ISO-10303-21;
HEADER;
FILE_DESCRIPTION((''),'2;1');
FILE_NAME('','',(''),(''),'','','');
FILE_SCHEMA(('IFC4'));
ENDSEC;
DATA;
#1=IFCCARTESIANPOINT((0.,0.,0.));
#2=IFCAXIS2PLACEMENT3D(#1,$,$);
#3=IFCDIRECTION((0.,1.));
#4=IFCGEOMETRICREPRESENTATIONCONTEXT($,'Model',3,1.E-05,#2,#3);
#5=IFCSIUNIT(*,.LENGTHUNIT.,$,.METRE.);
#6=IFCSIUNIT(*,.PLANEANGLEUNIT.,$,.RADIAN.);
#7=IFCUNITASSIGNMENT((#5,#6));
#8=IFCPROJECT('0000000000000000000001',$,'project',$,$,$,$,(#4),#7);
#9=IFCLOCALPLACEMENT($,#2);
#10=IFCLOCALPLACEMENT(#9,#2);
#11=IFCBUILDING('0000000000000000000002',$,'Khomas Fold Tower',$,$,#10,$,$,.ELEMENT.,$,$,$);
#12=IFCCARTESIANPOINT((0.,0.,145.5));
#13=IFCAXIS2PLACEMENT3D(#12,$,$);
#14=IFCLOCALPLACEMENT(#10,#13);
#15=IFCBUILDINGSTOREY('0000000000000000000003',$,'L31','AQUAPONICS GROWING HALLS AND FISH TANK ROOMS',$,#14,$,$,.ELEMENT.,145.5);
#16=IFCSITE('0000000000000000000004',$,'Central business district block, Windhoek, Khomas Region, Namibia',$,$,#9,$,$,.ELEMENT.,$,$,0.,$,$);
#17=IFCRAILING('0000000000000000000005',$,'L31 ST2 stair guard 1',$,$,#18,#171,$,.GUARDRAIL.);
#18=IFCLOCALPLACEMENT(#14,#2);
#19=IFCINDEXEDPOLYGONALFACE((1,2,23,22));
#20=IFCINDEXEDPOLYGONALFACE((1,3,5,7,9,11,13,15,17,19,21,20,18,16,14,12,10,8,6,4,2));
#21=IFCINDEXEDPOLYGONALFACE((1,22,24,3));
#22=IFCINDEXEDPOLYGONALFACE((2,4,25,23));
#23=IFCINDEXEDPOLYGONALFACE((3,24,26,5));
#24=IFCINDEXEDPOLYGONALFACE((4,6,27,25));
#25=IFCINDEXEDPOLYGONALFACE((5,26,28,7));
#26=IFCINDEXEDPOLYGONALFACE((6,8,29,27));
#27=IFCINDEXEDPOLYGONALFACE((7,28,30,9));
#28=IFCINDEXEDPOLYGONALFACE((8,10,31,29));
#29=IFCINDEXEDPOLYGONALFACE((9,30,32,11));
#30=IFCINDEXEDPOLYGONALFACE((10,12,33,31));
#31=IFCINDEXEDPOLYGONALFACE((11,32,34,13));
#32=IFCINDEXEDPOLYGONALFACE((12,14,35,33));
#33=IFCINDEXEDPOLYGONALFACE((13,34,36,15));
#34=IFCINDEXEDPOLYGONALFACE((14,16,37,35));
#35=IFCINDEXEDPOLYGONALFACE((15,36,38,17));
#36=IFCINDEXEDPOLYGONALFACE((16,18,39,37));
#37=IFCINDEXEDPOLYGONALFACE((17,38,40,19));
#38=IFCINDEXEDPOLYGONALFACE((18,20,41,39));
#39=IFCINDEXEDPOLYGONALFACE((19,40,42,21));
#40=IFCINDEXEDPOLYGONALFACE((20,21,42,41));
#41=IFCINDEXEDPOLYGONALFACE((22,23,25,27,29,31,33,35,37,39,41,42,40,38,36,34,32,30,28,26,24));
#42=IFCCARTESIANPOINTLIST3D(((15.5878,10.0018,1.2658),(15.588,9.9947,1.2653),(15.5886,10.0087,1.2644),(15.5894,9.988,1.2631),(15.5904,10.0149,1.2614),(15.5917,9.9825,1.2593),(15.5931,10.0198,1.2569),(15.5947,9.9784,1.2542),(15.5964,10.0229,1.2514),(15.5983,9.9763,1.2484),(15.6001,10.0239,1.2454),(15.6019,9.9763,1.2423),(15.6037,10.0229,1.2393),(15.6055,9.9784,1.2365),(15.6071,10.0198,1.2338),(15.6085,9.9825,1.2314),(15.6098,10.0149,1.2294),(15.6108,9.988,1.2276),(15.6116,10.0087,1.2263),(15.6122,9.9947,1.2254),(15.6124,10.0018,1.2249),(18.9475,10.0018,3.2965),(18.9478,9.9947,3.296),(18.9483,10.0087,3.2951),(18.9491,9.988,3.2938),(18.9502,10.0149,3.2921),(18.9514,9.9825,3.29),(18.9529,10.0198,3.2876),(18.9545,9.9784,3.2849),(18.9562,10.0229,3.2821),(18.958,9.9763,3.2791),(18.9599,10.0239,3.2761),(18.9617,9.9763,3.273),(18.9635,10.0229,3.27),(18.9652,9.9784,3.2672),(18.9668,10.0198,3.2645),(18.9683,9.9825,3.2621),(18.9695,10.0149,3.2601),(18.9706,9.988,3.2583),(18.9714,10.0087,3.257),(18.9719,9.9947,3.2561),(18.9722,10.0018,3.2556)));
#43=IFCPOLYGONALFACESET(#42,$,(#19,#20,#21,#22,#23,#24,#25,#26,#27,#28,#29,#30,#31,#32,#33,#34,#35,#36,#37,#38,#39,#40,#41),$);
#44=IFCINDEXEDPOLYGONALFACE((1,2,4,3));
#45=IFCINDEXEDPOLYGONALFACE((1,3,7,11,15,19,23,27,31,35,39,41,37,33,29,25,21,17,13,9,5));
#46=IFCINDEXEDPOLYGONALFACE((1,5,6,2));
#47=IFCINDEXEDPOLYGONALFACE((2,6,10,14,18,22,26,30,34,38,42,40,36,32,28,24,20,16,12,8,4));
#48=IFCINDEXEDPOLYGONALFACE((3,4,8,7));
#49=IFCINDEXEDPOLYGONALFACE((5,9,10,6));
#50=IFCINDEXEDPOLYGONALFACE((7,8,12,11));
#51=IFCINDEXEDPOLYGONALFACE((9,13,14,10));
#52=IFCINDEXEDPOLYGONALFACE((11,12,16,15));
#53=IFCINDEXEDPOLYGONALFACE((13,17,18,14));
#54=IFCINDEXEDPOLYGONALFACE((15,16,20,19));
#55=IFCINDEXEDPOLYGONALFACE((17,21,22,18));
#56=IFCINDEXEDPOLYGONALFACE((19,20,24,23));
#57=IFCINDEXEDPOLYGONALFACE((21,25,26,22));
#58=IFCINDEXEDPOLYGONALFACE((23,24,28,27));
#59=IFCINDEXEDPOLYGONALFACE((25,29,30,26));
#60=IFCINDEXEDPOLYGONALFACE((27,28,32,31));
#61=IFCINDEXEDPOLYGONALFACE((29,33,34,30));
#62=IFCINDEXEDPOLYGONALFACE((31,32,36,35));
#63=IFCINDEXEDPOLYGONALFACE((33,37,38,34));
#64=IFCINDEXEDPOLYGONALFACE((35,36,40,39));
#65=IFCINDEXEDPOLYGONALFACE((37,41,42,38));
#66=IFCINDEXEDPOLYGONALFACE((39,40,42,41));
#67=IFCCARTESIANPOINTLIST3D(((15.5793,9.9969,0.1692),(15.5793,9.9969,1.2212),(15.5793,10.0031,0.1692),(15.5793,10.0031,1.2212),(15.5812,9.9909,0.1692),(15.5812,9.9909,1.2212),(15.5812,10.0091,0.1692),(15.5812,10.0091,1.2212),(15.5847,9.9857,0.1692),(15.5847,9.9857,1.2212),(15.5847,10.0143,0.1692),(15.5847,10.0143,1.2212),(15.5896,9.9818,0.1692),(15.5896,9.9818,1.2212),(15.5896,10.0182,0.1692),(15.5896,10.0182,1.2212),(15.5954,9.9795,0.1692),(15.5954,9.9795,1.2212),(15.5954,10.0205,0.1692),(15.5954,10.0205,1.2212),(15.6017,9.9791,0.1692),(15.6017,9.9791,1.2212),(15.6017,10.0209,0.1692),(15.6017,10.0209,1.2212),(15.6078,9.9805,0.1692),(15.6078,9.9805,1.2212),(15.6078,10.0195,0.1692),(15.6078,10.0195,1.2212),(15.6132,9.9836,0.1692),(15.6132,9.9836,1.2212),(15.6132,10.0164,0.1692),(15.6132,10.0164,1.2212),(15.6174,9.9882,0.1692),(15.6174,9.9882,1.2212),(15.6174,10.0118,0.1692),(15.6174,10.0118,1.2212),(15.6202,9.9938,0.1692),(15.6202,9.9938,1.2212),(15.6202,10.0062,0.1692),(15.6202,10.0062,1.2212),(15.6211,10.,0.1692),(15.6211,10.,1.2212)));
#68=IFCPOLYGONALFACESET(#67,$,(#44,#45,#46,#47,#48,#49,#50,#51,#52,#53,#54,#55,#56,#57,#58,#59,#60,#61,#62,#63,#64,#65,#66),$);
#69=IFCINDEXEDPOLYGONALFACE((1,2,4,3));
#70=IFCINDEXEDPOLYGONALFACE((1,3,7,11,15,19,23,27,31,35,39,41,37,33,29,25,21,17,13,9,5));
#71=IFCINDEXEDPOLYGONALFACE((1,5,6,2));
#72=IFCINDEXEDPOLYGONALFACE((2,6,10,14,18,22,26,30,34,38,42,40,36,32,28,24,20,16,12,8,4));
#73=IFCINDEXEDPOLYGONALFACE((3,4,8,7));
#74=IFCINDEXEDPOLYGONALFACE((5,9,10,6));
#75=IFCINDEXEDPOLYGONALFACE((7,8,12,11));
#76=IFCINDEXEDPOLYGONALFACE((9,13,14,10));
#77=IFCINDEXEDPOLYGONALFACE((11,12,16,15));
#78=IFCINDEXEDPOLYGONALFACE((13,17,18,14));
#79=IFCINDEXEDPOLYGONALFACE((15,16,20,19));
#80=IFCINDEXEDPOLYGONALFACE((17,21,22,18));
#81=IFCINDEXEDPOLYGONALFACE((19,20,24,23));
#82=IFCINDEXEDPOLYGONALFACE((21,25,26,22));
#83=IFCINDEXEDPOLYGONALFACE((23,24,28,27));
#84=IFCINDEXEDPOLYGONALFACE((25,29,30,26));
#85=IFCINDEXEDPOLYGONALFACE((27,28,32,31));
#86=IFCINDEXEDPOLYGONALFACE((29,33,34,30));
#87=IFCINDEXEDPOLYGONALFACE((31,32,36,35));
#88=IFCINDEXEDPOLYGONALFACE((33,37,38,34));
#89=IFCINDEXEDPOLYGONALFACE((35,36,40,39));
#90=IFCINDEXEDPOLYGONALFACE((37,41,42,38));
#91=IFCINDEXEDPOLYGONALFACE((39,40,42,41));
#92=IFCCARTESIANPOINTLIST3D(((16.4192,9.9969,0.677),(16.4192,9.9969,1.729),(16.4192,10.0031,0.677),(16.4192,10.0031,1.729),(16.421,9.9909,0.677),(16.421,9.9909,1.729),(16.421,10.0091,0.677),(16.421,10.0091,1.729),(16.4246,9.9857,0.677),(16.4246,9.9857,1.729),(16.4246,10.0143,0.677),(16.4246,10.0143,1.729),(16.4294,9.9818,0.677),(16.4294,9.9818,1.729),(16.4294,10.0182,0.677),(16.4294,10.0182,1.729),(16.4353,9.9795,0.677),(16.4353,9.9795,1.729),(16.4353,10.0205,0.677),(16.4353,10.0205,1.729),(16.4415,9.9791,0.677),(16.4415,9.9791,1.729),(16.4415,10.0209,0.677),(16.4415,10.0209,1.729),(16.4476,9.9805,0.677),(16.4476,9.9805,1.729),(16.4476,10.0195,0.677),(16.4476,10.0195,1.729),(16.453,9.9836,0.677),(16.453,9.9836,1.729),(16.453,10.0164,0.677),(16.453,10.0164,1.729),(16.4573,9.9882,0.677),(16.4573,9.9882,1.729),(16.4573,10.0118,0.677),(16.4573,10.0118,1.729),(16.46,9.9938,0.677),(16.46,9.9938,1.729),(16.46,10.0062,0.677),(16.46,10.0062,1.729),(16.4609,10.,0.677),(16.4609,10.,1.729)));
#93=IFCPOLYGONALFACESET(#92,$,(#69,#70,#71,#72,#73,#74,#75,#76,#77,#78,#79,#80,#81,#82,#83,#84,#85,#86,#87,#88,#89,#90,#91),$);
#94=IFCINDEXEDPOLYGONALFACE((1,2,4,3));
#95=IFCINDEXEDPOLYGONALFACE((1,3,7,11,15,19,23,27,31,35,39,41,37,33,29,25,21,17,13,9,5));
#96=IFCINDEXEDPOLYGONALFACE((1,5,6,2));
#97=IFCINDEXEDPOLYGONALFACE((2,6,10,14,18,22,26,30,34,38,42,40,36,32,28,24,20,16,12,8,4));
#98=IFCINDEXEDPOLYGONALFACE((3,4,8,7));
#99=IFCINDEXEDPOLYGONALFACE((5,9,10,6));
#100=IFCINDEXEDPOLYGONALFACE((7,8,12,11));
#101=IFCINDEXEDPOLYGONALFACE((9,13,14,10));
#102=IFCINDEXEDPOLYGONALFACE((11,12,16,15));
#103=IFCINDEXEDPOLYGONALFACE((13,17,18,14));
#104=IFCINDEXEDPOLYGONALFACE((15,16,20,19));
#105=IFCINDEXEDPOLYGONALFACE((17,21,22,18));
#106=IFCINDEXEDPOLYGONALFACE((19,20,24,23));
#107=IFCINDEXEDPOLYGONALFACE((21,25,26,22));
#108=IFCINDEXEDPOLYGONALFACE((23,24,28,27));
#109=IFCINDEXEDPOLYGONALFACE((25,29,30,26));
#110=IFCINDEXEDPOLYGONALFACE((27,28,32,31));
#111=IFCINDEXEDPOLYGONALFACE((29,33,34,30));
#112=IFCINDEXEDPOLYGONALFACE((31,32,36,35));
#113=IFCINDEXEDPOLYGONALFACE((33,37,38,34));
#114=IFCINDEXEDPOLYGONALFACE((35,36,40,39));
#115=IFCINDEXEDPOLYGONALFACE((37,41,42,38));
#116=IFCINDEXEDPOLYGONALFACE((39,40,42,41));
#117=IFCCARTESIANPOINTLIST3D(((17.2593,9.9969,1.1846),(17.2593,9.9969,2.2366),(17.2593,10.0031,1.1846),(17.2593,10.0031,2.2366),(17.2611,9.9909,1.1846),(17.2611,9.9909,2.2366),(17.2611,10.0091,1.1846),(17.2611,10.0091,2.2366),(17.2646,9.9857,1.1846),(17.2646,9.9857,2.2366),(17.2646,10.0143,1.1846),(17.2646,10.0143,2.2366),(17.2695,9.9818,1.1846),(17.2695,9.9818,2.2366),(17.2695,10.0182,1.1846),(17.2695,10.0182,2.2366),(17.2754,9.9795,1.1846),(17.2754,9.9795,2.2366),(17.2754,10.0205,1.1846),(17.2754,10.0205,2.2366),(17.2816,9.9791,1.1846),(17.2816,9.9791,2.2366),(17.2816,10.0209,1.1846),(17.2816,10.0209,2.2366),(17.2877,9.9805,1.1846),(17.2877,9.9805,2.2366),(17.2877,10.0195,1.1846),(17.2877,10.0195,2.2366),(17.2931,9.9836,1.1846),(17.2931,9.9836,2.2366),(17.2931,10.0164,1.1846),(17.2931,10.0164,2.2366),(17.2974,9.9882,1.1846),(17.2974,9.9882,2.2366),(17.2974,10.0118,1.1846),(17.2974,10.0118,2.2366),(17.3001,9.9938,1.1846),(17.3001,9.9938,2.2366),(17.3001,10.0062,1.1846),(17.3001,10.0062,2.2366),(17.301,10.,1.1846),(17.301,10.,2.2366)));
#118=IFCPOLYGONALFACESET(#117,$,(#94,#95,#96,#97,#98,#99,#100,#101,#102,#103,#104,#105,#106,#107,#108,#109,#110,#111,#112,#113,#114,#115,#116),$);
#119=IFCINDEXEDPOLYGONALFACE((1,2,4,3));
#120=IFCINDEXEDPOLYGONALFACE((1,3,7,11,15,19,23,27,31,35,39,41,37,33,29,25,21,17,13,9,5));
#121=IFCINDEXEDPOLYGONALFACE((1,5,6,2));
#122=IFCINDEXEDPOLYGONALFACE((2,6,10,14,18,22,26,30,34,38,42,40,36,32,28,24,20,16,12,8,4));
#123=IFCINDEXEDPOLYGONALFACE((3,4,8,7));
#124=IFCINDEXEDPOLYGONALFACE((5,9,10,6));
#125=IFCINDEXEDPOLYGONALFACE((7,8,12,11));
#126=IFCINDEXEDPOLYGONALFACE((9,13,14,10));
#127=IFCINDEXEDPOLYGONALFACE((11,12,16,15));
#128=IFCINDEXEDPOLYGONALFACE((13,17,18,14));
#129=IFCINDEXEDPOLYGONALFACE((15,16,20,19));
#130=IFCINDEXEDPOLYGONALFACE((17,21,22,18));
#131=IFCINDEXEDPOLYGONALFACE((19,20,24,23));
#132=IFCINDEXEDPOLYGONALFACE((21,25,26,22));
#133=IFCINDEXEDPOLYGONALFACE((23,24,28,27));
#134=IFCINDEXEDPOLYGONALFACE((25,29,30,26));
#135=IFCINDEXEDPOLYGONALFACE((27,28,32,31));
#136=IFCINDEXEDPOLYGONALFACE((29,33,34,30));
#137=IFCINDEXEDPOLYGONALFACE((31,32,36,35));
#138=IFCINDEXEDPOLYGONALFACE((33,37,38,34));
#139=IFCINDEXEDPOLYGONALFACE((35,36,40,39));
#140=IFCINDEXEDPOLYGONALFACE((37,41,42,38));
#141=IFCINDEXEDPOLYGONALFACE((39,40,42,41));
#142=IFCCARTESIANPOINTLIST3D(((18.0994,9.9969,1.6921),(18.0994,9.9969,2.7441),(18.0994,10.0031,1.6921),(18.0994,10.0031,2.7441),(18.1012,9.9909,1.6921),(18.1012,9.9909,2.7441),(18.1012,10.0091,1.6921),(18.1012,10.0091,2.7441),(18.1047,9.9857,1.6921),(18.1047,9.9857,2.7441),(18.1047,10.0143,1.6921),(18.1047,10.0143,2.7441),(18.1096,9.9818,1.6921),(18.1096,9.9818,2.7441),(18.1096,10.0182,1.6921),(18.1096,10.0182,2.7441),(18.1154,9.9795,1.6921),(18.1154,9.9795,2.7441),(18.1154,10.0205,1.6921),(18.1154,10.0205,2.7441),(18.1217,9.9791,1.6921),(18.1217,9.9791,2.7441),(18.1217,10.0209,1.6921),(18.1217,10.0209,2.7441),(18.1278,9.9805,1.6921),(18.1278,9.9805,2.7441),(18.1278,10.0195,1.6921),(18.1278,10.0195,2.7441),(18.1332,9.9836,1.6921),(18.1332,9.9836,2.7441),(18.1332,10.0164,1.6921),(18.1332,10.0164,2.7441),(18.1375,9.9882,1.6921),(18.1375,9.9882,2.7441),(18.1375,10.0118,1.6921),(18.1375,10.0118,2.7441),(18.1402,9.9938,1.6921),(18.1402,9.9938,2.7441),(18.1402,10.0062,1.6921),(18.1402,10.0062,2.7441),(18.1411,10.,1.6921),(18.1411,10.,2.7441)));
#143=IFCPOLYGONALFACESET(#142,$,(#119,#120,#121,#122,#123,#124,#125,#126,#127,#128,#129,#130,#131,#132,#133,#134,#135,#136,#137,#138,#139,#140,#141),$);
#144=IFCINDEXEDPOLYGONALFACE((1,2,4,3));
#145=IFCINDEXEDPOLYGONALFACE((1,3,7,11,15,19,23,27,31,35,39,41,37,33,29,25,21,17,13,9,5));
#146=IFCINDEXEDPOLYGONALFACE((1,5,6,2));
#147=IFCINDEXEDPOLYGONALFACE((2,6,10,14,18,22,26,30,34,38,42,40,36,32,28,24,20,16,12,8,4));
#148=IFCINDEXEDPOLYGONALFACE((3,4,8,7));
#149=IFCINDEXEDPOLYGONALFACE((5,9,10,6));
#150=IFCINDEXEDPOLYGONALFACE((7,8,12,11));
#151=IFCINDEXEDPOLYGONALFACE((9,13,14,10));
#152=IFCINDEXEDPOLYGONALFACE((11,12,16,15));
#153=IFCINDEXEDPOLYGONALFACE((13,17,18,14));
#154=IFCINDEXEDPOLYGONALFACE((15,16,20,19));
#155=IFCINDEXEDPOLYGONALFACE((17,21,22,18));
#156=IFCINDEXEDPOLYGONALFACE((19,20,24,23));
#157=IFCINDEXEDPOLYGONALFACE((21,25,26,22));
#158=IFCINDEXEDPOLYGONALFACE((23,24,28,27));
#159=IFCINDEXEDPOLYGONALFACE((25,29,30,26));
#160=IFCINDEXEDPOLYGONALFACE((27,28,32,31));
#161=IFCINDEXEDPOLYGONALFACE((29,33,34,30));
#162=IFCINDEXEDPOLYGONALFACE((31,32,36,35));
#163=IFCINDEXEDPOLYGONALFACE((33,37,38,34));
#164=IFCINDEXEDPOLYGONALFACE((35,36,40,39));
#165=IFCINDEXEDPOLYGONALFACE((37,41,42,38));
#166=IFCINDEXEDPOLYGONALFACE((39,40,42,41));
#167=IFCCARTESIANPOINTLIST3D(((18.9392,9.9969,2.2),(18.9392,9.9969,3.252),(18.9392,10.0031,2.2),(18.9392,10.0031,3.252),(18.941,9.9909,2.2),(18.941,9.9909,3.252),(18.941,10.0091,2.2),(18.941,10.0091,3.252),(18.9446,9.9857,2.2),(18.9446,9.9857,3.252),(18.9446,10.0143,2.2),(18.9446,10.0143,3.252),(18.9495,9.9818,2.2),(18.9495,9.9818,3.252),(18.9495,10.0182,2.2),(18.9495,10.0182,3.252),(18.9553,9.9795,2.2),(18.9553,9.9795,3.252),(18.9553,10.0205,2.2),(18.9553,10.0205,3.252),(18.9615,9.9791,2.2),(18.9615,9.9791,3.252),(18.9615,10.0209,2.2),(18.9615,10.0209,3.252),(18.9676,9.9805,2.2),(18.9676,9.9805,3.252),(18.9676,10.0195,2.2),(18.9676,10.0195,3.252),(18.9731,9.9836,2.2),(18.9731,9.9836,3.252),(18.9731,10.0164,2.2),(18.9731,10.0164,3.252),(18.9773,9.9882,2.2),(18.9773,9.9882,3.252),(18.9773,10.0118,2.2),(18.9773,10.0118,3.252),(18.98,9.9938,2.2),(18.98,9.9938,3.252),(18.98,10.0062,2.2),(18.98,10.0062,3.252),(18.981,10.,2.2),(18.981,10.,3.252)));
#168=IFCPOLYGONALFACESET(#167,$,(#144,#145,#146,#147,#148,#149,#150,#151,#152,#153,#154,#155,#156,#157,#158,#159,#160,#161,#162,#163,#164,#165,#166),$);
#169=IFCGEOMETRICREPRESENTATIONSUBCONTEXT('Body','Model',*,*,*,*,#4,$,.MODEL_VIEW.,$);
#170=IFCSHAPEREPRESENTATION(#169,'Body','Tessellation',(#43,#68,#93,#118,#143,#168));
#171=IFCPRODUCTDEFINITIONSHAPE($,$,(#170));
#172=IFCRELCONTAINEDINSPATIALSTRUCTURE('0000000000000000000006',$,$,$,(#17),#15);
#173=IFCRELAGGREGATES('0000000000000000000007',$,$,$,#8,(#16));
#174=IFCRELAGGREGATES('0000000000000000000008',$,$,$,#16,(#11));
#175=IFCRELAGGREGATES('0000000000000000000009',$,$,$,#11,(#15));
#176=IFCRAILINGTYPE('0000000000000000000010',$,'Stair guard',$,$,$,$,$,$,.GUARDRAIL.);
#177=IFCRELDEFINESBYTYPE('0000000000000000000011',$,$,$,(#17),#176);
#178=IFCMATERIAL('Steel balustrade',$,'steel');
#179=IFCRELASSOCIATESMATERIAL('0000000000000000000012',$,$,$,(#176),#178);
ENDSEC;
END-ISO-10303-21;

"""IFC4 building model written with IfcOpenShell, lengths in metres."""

from ifc_helpers import new_model, si_unit, direction, frame, origin, origin_2d, place, context, subcontext, project, spatial, circle, extrude, source, transform, mapped, material, type_object, element, save


model = new_model("IFC4")

# Units and contexts
model_context = context("Model", 3, precision=1e-05, world=origin(), true_north=direction((0.0, 1.0)))
body_context = subcontext(model_context, "Body", "Model", "MODEL_VIEW")
ifc_project = project(units=[si_unit("LENGTHUNIT", "METRE"), si_unit("PLANEANGLEUNIT", "RADIAN")], contexts=[model_context])

# Site, building, storey
site_placement = place(None, origin())
site = spatial("IfcSite", under=ifc_project, at=site_placement, Name="Central business district block, Windhoek, Khomas Region, Namibia", CompositionType="ELEMENT", RefElevation=0.0)
building_placement = place(site_placement, origin())
building = spatial("IfcBuilding", under=site, at=building_placement, Name="Khomas Fold Tower", CompositionType="ELEMENT")
storey_placement = place(building_placement, frame((0.0, 0.0, 145.5)))
storey = spatial("IfcBuildingStorey", under=building, at=storey_placement, Name="L31", Description="AQUAPONICS GROWING HALLS AND FISH TANK ROOMS", CompositionType="ELEMENT", Elevation=145.5)

# Railing
ifc_material_1 = material(Name="Steel balustrade", Category="steel")
railing_type_1 = type_object("IfcRailingType", Name="Stair guard", PredefinedType="GUARDRAIL", material=ifc_material_1)
shared_shape_1 = source(origin(), body_context, "Body", "SweptSolid", [
    extrude(circle(Radius=0.0239, at=origin_2d()), frame((0.0, 0.0, 1.0762), z_axis=(0.85582, 0.0, 0.517273), x_axis=(0.0, 1.0, 0.0)), (0.0, 0.0, 1.0), 3.9258),
    extrude(circle(Radius=0.021, at=origin_2d()), origin(), (0.0, 0.0, 1.0), 1.052),
    extrude(circle(Radius=0.021, at=origin_2d()), frame((0.8398, 0.0, 0.5078)), (0.0, 0.0, 1.0), 1.052),
    extrude(circle(Radius=0.021, at=origin_2d()), frame((1.6799, 0.0, 1.0154)), (0.0, 0.0, 1.0), 1.052),
    extrude(circle(Radius=0.021, at=origin_2d()), frame((2.52, 0.0, 1.5229)), (0.0, 0.0, 1.0), 1.052),
    extrude(circle(Radius=0.021, at=origin_2d()), frame((3.3599, 0.0, 2.0308)), (0.0, 0.0, 1.0), 1.052),
])
railing_1_placement = place(storey_placement, frame((15.6001, 10.0, 0.1692)))
element("IfcRailing", 1, at=railing_1_placement, inside=storey, type_object=railing_type_1, Name="L31 ST2 stair guard 1", PredefinedType="GUARDRAIL", context=body_context, shape_type="MappedRepresentation", body=[
    mapped(shared_shape_1, transform((0.0, 0.0, 0.0))),
])

save(model, "model.ifc")
